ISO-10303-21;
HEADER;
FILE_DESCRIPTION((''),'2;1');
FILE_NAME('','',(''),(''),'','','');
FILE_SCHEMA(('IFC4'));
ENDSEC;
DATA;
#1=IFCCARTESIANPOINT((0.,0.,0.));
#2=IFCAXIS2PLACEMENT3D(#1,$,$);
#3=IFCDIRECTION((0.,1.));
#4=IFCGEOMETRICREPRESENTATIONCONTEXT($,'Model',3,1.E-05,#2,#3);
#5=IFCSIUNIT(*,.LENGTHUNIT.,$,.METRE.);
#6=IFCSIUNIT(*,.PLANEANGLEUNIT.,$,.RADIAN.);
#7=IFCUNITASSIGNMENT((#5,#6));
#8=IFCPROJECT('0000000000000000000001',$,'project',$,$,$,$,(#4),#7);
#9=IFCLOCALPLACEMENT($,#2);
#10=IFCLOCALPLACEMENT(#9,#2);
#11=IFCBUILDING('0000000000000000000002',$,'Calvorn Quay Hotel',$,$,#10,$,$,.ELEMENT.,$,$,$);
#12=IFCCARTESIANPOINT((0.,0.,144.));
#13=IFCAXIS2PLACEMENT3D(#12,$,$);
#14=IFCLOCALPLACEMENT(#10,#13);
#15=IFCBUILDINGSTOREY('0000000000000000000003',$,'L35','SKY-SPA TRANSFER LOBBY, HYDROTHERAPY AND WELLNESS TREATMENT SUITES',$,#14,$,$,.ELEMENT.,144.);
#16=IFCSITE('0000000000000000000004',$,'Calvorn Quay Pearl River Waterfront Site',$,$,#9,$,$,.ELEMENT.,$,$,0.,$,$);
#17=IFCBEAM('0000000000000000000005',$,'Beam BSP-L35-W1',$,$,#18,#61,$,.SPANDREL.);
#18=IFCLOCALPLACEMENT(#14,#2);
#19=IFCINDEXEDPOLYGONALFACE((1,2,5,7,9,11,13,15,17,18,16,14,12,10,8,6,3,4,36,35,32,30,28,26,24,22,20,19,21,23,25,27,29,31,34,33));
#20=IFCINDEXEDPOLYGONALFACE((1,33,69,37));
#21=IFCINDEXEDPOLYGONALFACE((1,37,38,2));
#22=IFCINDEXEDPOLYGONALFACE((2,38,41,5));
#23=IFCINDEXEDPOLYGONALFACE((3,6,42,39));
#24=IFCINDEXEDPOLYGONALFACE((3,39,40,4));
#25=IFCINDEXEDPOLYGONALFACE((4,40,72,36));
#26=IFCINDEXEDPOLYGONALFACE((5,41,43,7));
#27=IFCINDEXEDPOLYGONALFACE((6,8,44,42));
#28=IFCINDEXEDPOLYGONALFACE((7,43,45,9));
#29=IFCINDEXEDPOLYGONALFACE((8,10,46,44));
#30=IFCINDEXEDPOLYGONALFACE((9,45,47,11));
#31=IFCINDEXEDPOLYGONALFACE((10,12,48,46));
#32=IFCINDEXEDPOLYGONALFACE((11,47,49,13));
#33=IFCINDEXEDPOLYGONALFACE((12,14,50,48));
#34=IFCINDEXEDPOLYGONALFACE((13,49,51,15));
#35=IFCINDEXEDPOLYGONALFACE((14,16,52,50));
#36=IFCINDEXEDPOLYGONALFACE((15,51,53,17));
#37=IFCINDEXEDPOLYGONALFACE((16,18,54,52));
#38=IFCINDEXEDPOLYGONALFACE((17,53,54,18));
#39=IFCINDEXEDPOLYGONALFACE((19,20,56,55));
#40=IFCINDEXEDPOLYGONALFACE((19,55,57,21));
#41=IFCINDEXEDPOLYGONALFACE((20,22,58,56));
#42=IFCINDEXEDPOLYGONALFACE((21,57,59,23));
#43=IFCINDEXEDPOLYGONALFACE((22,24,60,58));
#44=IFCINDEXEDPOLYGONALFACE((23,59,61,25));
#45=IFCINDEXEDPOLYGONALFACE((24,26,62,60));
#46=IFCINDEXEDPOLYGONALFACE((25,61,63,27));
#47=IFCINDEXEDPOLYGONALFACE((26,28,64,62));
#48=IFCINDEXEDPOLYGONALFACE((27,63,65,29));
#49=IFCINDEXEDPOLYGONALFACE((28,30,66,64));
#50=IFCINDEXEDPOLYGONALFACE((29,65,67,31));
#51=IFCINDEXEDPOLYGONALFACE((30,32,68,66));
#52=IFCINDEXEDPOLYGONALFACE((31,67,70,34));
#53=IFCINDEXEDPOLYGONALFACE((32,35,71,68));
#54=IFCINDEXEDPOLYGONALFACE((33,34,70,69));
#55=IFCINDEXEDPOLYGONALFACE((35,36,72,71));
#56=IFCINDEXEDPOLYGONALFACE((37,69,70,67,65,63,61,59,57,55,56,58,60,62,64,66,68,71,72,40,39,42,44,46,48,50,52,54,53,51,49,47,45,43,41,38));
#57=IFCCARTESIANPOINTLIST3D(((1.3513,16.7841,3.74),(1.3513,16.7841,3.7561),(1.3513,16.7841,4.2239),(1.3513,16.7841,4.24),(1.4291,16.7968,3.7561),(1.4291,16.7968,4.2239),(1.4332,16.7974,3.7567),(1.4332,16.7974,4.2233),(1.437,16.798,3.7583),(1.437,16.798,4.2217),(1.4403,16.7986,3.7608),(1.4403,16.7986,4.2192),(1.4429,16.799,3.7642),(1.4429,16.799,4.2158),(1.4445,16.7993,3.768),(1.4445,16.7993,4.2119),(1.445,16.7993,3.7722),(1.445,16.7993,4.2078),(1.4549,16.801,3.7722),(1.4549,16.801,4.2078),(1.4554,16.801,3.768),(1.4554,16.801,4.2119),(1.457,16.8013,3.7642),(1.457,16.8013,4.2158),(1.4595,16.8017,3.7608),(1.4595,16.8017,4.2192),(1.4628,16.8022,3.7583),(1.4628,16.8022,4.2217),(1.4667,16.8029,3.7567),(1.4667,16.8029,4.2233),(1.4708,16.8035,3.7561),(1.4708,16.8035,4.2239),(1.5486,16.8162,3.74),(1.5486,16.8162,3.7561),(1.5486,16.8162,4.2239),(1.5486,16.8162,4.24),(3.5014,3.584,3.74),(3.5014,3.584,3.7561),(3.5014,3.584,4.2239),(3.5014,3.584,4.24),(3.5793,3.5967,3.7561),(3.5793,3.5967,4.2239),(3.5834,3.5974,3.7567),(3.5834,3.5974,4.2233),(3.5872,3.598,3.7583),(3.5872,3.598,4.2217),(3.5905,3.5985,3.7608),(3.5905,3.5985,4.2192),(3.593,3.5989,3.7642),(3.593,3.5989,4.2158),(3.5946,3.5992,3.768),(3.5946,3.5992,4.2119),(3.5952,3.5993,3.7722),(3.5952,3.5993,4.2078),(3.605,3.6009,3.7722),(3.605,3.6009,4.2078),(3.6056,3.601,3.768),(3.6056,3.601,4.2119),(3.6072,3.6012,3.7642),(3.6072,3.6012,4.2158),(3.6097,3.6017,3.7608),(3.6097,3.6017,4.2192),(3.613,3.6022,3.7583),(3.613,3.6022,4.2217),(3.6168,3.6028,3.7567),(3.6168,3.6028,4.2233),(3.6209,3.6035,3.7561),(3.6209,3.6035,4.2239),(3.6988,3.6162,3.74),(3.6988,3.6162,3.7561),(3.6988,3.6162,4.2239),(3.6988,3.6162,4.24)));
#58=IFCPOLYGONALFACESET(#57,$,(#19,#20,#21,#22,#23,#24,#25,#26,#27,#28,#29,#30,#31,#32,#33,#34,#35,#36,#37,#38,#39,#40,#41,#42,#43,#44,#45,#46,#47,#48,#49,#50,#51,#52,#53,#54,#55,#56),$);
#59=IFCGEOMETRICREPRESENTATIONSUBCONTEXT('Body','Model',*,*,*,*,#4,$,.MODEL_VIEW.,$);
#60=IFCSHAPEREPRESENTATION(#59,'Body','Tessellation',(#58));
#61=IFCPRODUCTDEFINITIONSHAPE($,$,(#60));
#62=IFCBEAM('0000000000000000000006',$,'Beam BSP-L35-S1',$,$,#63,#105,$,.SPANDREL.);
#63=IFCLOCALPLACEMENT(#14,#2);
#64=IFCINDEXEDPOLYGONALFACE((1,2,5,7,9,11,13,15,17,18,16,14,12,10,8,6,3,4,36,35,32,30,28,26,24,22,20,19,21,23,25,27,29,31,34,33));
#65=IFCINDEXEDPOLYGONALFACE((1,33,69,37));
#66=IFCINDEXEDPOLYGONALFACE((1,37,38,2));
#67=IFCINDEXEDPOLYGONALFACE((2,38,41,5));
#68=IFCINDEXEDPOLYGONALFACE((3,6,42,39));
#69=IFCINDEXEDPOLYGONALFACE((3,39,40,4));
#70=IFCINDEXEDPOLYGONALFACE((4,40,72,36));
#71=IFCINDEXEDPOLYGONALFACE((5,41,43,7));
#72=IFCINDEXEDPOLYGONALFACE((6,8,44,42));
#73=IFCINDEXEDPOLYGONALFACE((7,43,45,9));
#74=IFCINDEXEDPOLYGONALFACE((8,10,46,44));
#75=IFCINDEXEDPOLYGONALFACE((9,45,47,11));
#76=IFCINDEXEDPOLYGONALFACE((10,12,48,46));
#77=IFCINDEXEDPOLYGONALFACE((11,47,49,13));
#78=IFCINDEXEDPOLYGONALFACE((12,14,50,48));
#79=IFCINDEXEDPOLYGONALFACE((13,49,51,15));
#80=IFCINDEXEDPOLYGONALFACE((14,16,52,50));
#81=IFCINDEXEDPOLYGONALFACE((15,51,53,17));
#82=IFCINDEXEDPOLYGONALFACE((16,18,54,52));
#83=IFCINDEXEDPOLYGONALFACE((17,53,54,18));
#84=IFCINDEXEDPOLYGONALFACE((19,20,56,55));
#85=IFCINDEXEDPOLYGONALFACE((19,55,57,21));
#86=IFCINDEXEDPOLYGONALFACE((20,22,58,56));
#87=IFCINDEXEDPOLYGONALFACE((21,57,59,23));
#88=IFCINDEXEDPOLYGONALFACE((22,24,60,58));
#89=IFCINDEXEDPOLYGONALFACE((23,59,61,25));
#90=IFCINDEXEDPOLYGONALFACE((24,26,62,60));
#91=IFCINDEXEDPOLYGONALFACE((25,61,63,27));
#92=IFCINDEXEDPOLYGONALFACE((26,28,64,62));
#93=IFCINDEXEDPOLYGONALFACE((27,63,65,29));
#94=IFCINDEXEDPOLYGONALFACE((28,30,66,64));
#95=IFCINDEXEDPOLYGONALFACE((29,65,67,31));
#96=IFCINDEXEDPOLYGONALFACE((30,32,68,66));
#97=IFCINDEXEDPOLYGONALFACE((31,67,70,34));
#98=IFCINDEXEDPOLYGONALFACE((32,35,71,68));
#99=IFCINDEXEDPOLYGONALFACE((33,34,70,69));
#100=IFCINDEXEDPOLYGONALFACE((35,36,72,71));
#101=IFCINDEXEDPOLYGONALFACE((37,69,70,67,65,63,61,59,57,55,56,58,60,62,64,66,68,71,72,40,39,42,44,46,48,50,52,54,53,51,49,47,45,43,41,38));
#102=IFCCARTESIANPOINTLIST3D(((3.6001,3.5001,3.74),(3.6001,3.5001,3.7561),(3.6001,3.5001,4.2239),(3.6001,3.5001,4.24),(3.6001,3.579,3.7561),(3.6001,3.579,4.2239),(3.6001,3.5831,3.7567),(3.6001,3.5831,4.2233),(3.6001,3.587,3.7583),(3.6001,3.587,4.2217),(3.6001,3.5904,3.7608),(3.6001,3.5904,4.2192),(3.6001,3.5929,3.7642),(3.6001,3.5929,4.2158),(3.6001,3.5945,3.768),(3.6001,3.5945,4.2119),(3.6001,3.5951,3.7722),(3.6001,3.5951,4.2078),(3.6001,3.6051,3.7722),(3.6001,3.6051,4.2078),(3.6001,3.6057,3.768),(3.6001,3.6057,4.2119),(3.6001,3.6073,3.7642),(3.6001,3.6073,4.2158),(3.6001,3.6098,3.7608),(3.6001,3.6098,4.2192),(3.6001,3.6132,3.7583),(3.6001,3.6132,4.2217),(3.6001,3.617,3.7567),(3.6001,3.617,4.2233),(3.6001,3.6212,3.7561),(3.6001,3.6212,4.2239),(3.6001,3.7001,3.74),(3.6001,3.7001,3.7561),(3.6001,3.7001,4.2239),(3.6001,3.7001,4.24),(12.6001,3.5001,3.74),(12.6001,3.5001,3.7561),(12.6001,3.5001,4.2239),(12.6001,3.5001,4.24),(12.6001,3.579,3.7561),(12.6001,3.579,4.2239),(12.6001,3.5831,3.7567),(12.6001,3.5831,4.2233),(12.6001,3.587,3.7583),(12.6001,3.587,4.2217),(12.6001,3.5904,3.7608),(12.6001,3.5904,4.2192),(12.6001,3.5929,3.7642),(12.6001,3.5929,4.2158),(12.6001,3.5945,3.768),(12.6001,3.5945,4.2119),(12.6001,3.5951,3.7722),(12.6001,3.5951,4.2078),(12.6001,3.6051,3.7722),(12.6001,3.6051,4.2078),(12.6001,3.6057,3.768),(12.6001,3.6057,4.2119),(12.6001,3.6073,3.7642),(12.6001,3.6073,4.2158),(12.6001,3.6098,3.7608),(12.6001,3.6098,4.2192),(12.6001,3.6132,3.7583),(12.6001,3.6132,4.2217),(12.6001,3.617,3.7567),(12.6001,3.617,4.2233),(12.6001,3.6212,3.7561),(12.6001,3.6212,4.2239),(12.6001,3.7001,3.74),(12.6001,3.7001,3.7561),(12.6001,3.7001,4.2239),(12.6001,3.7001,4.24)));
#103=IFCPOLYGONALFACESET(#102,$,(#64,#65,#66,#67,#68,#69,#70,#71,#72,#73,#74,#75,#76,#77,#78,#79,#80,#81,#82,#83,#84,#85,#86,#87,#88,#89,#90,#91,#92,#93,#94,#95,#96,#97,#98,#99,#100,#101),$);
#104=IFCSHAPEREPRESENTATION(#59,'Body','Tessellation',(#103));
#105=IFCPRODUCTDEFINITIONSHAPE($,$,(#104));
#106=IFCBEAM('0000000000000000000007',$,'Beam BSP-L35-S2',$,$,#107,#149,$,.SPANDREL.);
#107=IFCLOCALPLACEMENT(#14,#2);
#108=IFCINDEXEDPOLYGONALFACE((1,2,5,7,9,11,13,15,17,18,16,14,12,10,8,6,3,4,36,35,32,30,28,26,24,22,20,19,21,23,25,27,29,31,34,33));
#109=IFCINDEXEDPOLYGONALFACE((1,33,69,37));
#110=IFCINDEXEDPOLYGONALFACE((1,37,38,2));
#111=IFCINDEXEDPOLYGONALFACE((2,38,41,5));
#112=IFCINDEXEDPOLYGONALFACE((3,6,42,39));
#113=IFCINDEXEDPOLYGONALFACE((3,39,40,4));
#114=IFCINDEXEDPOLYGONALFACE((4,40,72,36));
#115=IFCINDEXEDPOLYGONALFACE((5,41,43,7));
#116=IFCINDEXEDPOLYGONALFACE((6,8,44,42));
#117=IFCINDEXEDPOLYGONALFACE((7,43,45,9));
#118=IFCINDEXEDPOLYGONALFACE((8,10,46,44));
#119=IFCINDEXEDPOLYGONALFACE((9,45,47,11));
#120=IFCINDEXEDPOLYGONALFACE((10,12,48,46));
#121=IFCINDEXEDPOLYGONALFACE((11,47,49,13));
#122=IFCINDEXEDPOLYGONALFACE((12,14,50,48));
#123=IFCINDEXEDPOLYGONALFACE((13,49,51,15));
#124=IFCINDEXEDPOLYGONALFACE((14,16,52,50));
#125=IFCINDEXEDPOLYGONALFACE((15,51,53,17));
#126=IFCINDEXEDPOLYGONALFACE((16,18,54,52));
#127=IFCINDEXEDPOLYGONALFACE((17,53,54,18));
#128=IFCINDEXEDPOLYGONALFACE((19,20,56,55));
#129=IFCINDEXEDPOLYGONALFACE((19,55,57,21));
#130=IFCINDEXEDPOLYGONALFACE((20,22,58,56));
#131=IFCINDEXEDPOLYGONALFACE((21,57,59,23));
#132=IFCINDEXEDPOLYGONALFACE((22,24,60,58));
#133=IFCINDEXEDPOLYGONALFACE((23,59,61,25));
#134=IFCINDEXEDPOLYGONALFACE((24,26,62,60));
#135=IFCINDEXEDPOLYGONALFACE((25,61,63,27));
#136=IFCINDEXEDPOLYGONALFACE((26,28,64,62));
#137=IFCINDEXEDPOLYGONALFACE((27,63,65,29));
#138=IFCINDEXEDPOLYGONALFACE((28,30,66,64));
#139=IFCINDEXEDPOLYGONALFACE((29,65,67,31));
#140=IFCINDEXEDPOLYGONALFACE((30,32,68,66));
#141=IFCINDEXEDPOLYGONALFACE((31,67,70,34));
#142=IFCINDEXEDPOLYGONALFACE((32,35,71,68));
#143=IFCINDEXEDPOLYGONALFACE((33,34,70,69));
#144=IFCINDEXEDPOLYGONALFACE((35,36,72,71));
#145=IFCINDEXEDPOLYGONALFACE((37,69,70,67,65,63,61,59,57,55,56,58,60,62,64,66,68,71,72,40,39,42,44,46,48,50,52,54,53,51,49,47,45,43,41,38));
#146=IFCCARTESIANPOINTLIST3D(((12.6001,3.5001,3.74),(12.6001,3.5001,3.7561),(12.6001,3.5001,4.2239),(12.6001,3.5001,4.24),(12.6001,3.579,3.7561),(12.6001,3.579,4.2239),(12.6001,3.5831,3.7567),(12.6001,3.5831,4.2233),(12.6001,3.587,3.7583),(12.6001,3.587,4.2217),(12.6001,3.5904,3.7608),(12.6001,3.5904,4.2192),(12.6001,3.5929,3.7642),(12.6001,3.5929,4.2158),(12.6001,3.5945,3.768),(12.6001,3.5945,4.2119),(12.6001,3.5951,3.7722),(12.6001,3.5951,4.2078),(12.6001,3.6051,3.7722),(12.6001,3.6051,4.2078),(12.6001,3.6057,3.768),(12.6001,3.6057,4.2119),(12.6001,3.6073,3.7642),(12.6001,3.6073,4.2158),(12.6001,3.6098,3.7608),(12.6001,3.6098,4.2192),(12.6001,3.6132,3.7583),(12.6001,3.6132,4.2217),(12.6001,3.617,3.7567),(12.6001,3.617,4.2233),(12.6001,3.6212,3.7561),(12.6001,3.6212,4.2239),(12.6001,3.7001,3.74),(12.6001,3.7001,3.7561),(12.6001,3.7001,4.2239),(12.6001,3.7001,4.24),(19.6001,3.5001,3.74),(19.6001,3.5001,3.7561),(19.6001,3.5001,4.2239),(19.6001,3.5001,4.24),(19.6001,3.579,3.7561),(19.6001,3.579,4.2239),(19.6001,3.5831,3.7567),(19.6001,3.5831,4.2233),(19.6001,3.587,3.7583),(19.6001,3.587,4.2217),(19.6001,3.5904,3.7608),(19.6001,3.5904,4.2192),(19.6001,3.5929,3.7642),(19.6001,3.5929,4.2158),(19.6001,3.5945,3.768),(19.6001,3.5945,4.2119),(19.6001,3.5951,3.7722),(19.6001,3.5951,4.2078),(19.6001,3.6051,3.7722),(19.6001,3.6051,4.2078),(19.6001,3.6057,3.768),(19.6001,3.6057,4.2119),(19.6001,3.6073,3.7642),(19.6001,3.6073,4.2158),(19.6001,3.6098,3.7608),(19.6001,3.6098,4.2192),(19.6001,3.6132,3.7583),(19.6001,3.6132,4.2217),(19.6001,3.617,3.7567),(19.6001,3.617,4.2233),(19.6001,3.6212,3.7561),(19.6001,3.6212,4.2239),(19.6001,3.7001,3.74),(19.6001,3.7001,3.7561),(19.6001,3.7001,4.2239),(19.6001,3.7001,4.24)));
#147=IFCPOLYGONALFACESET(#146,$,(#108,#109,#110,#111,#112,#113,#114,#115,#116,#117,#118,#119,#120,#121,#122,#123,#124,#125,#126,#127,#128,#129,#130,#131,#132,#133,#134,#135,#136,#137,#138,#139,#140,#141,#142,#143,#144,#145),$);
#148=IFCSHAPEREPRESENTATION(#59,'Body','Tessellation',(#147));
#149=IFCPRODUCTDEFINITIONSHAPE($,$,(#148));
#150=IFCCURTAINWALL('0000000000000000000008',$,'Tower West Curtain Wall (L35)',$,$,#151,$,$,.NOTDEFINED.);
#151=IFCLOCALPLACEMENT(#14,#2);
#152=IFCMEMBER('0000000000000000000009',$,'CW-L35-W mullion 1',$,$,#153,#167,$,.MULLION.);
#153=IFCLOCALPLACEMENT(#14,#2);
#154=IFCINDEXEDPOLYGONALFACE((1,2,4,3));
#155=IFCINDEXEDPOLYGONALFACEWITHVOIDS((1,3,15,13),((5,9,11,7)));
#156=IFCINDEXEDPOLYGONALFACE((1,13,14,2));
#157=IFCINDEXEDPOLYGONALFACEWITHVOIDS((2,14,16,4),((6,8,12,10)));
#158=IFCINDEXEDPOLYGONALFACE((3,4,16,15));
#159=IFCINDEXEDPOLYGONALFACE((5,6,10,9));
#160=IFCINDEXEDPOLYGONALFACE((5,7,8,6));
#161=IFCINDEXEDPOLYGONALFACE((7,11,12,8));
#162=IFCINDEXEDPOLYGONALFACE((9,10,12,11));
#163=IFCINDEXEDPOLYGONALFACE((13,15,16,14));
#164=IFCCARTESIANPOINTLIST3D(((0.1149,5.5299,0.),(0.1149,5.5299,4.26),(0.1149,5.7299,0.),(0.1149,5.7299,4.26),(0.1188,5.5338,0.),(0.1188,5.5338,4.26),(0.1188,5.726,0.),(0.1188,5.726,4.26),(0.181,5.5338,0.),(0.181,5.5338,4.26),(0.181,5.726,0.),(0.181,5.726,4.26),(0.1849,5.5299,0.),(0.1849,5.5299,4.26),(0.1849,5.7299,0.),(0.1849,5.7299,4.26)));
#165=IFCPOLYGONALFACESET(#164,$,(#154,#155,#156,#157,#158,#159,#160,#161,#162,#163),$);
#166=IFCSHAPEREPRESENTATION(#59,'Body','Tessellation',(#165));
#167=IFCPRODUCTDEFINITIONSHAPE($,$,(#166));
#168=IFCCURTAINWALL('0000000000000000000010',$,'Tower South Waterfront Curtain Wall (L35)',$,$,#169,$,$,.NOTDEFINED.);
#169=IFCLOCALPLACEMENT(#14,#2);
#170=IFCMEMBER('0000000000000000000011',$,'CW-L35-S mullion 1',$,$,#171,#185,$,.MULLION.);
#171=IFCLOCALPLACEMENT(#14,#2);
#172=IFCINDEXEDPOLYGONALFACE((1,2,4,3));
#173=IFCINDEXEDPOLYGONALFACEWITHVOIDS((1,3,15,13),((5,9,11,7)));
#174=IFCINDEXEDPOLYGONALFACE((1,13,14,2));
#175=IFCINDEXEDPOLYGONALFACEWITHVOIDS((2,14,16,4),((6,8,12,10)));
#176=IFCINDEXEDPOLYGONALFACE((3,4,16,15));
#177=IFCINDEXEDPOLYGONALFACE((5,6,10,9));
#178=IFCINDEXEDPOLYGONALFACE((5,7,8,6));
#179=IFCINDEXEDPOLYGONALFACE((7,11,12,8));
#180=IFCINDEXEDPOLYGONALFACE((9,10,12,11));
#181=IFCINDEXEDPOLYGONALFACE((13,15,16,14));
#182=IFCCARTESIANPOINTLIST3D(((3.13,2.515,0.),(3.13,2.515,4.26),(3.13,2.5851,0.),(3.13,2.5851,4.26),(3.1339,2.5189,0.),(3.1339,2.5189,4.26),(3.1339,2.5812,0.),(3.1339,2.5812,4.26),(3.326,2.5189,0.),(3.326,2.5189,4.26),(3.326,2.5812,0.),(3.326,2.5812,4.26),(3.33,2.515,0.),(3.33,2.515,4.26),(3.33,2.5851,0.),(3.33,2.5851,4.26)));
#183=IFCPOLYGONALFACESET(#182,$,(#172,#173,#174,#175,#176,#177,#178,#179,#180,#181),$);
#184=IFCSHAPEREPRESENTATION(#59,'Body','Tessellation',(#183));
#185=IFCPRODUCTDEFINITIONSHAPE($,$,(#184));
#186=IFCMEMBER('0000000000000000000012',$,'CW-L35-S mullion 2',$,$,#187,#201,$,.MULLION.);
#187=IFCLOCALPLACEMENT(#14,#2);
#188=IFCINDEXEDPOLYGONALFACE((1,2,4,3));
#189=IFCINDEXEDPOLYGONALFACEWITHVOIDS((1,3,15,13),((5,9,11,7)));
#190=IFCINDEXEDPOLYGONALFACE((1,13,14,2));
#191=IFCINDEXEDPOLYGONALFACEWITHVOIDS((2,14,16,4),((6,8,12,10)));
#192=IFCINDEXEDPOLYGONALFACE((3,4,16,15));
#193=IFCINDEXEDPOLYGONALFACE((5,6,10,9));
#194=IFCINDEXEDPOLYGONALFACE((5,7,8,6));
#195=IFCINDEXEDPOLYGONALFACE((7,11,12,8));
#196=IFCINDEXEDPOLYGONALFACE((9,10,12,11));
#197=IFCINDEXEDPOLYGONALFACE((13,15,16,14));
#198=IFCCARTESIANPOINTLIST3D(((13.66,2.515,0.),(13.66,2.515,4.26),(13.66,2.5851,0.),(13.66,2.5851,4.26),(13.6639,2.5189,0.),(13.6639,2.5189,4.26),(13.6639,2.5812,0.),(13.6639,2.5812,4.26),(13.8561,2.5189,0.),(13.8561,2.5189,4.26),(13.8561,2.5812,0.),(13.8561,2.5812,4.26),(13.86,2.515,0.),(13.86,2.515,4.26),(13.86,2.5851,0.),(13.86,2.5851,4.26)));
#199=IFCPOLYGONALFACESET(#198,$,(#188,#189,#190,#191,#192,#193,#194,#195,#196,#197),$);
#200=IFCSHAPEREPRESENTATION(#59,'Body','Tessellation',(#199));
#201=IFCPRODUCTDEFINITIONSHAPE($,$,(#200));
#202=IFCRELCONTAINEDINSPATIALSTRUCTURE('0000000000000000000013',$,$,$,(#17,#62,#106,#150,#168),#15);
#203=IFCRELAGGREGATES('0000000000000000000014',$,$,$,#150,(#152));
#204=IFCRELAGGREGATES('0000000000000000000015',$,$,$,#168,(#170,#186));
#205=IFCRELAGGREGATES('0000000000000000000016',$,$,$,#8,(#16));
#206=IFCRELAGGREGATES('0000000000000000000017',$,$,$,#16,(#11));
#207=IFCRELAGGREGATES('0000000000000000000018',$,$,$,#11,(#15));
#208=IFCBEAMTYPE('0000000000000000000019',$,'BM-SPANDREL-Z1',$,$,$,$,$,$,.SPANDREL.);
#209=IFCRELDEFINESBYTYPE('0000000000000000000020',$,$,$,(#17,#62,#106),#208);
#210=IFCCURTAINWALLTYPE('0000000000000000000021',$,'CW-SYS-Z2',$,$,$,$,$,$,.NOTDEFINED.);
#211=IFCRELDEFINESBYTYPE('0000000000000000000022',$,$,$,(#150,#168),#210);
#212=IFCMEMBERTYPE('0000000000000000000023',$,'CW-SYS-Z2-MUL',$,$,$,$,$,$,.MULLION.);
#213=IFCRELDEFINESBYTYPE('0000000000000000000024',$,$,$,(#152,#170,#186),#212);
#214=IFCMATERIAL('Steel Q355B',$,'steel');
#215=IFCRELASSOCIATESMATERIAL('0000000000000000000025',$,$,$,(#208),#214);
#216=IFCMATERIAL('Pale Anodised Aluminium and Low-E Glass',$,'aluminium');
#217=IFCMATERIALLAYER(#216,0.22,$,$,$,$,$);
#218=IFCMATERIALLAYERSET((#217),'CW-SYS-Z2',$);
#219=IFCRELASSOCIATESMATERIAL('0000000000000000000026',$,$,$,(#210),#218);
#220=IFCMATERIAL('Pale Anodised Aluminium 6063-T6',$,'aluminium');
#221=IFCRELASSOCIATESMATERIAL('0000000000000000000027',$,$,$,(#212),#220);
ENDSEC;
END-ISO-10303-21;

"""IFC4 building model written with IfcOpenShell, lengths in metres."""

from ifc_helpers import new_model, si_unit, direction, frame, origin, origin_2d, place, context, subcontext, project, spatial, hollow_rectangle, i_section, extrude, material, layer, layer_set, material_profile, profile_set, type_object, element, aggregate, save


model = new_model("IFC4")

# Units and contexts
model_context = context("Model", 3, precision=1e-05, world=origin(), true_north=direction((0.0, 1.0)))
body_context = subcontext(model_context, "Body", "Model", "MODEL_VIEW")
ifc_project = project(units=[si_unit("LENGTHUNIT", "METRE"), si_unit("PLANEANGLEUNIT", "RADIAN")], contexts=[model_context])

# Site, building, storey
site_placement = place(None, origin())
site = spatial("IfcSite", under=ifc_project, at=site_placement, Name="Calvorn Quay Pearl River Waterfront Site", CompositionType="ELEMENT", RefElevation=0.0)
building_placement = place(site_placement, origin())
building = spatial("IfcBuilding", under=site, at=building_placement, Name="Calvorn Quay Hotel", CompositionType="ELEMENT")
storey_placement = place(building_placement, frame((0.0, 0.0, 144.0)))
storey = spatial("IfcBuildingStorey", under=building, at=storey_placement, Name="L35", Description="SKY-SPA TRANSFER LOBBY, HYDROTHERAPY AND WELLNESS TREATMENT SUITES", CompositionType="ELEMENT", Elevation=144.0)

# Beams
ifc_material_1 = material(Name="Steel Q355B", Category="steel")
ifc_material_profile_1 = material_profile(ifc_material_1, i_section(OverallWidth=0.2, OverallDepth=0.5, WebThickness=0.01, FlangeThickness=0.0161, FilletRadius=0.0161, at=origin_2d()), Name="HN500x200x10x16")
ifc_profile_set_1 = profile_set([ifc_material_profile_1], Name="Steel Q355B")
beam_type_1 = type_object("IfcBeamType", Name="BM-SPANDREL-Z1", PredefinedType="SPANDREL", material=ifc_profile_set_1)
beam_1_placement = place(storey_placement, frame((3.6001, 3.6001, 3.99), z_axis=(-0.160772, 0.986992, 0.0), x_axis=(-0.986992, -0.160772, 0.0)))
element("IfcBeam", 1, at=beam_1_placement, inside=storey, type_object=beam_type_1, Name="Beam BSP-L35-W1", PredefinedType="SPANDREL", context=body_context, shape_type="SweptSolid", body=[
    extrude(i_section(OverallWidth=0.2, OverallDepth=0.5, WebThickness=0.01, FlangeThickness=0.0161, FilletRadius=0.0161, at=origin_2d()), origin(), (0.0, 0.0, 1.0), 13.374),
])
beam_2_placement = place(storey_placement, frame((3.6001, 3.6001, 3.99), z_axis=(1.0, 0.0, 0.0), x_axis=(0.0, 1.0, 0.0)))
element("IfcBeam", 2, at=beam_2_placement, inside=storey, type_object=beam_type_1, Name="Beam BSP-L35-S1", PredefinedType="SPANDREL", context=body_context, shape_type="SweptSolid", body=[
    extrude(i_section(OverallWidth=0.2, OverallDepth=0.5, WebThickness=0.01, FlangeThickness=0.0161, FilletRadius=0.0161, at=origin_2d()), origin(), (0.0, 0.0, 1.0), 9.0),
])
beam_3_placement = place(storey_placement, frame((12.6001, 3.6001, 3.99), z_axis=(1.0, 0.0, 0.0), x_axis=(0.0, 1.0, 0.0)))
element("IfcBeam", 3, at=beam_3_placement, inside=storey, type_object=beam_type_1, Name="Beam BSP-L35-S2", PredefinedType="SPANDREL", context=body_context, shape_type="SweptSolid", body=[
    extrude(i_section(OverallWidth=0.2, OverallDepth=0.5, WebThickness=0.01, FlangeThickness=0.0161, FilletRadius=0.0161, at=origin_2d()), origin(), (0.0, 0.0, 1.0), 7.0),
])

# Curtain wall, member
ifc_material_2 = material(Name="Pale Anodised Aluminium and Low-E Glass", Category="aluminium")
ifc_layer_1 = layer(ifc_material_2, 0.22)
ifc_layer_set_1 = layer_set([ifc_layer_1], Name="CW-SYS-Z2")
curtain_wall_type = type_object("IfcCurtainWallType", Name="CW-SYS-Z2", PredefinedType="NOTDEFINED", material=ifc_layer_set_1)
curtain_wall_1_placement = place(storey_placement, origin())
curtain_wall_1 = element("IfcCurtainWall", 4, at=curtain_wall_1_placement, inside=storey, type_object=curtain_wall_type, Name="Tower West Curtain Wall (L35)", PredefinedType="NOTDEFINED")
ifc_material_3 = material(Name="Pale Anodised Aluminium 6063-T6", Category="aluminium")
ifc_material_profile_2 = material_profile(ifc_material_3, hollow_rectangle(XDim=0.0701, YDim=0.2, WallThickness=0.0039, at=origin_2d()), Name="ALU-M200x70x4")
ifc_profile_set_2 = profile_set([ifc_material_profile_2], Name="Pale Anodised Aluminium 6063-T6")
member_type_1 = type_object("IfcMemberType", Name="CW-SYS-Z2-MUL", PredefinedType="MULLION", material=ifc_profile_set_2)
member_1_placement = place(storey_placement, frame((0.1499, 5.6299, 0.0), z_axis=(0.0, 0.0, 1.0), x_axis=(-1.0, 0.0, 0.0)))
member_1 = element("IfcMember", 5, at=member_1_placement, type_object=member_type_1, Name="CW-L35-W mullion 1", PredefinedType="MULLION", context=body_context, shape_type="SweptSolid", body=[
    extrude(hollow_rectangle(XDim=0.0701, YDim=0.2, WallThickness=0.0039, at=origin_2d()), origin(), (0.0, 0.0, 1.0), 4.26),
])

# Curtain wall, members
curtain_wall_2_placement = place(storey_placement, origin())
curtain_wall_2 = element("IfcCurtainWall", 6, at=curtain_wall_2_placement, inside=storey, type_object=curtain_wall_type, Name="Tower South Waterfront Curtain Wall (L35)", PredefinedType="NOTDEFINED")
member_2_placement = place(storey_placement, frame((3.23, 2.55, 0.0), z_axis=(0.0, 0.0, 1.0), x_axis=(0.0, 1.0, 0.0)))
member_2 = element("IfcMember", 7, at=member_2_placement, type_object=member_type_1, Name="CW-L35-S mullion 1", PredefinedType="MULLION", context=body_context, shape_type="SweptSolid", body=[
    extrude(hollow_rectangle(XDim=0.0701, YDim=0.2, WallThickness=0.0039, at=origin_2d()), origin(), (0.0, 0.0, 1.0), 4.26),
])
member_3_placement = place(storey_placement, frame((13.76, 2.55, 0.0), z_axis=(0.0, 0.0, 1.0), x_axis=(0.0, 1.0, 0.0)))
member_3 = element("IfcMember", 8, at=member_3_placement, type_object=member_type_1, Name="CW-L35-S mullion 2", PredefinedType="MULLION", context=body_context, shape_type="SweptSolid", body=[
    extrude(hollow_rectangle(XDim=0.0701, YDim=0.2, WallThickness=0.0039, at=origin_2d()), origin(), (0.0, 0.0, 1.0), 4.26),
])

aggregate(curtain_wall_1, [member_1])

aggregate(curtain_wall_2, [member_2, member_3])

save(model, "model.ifc")
